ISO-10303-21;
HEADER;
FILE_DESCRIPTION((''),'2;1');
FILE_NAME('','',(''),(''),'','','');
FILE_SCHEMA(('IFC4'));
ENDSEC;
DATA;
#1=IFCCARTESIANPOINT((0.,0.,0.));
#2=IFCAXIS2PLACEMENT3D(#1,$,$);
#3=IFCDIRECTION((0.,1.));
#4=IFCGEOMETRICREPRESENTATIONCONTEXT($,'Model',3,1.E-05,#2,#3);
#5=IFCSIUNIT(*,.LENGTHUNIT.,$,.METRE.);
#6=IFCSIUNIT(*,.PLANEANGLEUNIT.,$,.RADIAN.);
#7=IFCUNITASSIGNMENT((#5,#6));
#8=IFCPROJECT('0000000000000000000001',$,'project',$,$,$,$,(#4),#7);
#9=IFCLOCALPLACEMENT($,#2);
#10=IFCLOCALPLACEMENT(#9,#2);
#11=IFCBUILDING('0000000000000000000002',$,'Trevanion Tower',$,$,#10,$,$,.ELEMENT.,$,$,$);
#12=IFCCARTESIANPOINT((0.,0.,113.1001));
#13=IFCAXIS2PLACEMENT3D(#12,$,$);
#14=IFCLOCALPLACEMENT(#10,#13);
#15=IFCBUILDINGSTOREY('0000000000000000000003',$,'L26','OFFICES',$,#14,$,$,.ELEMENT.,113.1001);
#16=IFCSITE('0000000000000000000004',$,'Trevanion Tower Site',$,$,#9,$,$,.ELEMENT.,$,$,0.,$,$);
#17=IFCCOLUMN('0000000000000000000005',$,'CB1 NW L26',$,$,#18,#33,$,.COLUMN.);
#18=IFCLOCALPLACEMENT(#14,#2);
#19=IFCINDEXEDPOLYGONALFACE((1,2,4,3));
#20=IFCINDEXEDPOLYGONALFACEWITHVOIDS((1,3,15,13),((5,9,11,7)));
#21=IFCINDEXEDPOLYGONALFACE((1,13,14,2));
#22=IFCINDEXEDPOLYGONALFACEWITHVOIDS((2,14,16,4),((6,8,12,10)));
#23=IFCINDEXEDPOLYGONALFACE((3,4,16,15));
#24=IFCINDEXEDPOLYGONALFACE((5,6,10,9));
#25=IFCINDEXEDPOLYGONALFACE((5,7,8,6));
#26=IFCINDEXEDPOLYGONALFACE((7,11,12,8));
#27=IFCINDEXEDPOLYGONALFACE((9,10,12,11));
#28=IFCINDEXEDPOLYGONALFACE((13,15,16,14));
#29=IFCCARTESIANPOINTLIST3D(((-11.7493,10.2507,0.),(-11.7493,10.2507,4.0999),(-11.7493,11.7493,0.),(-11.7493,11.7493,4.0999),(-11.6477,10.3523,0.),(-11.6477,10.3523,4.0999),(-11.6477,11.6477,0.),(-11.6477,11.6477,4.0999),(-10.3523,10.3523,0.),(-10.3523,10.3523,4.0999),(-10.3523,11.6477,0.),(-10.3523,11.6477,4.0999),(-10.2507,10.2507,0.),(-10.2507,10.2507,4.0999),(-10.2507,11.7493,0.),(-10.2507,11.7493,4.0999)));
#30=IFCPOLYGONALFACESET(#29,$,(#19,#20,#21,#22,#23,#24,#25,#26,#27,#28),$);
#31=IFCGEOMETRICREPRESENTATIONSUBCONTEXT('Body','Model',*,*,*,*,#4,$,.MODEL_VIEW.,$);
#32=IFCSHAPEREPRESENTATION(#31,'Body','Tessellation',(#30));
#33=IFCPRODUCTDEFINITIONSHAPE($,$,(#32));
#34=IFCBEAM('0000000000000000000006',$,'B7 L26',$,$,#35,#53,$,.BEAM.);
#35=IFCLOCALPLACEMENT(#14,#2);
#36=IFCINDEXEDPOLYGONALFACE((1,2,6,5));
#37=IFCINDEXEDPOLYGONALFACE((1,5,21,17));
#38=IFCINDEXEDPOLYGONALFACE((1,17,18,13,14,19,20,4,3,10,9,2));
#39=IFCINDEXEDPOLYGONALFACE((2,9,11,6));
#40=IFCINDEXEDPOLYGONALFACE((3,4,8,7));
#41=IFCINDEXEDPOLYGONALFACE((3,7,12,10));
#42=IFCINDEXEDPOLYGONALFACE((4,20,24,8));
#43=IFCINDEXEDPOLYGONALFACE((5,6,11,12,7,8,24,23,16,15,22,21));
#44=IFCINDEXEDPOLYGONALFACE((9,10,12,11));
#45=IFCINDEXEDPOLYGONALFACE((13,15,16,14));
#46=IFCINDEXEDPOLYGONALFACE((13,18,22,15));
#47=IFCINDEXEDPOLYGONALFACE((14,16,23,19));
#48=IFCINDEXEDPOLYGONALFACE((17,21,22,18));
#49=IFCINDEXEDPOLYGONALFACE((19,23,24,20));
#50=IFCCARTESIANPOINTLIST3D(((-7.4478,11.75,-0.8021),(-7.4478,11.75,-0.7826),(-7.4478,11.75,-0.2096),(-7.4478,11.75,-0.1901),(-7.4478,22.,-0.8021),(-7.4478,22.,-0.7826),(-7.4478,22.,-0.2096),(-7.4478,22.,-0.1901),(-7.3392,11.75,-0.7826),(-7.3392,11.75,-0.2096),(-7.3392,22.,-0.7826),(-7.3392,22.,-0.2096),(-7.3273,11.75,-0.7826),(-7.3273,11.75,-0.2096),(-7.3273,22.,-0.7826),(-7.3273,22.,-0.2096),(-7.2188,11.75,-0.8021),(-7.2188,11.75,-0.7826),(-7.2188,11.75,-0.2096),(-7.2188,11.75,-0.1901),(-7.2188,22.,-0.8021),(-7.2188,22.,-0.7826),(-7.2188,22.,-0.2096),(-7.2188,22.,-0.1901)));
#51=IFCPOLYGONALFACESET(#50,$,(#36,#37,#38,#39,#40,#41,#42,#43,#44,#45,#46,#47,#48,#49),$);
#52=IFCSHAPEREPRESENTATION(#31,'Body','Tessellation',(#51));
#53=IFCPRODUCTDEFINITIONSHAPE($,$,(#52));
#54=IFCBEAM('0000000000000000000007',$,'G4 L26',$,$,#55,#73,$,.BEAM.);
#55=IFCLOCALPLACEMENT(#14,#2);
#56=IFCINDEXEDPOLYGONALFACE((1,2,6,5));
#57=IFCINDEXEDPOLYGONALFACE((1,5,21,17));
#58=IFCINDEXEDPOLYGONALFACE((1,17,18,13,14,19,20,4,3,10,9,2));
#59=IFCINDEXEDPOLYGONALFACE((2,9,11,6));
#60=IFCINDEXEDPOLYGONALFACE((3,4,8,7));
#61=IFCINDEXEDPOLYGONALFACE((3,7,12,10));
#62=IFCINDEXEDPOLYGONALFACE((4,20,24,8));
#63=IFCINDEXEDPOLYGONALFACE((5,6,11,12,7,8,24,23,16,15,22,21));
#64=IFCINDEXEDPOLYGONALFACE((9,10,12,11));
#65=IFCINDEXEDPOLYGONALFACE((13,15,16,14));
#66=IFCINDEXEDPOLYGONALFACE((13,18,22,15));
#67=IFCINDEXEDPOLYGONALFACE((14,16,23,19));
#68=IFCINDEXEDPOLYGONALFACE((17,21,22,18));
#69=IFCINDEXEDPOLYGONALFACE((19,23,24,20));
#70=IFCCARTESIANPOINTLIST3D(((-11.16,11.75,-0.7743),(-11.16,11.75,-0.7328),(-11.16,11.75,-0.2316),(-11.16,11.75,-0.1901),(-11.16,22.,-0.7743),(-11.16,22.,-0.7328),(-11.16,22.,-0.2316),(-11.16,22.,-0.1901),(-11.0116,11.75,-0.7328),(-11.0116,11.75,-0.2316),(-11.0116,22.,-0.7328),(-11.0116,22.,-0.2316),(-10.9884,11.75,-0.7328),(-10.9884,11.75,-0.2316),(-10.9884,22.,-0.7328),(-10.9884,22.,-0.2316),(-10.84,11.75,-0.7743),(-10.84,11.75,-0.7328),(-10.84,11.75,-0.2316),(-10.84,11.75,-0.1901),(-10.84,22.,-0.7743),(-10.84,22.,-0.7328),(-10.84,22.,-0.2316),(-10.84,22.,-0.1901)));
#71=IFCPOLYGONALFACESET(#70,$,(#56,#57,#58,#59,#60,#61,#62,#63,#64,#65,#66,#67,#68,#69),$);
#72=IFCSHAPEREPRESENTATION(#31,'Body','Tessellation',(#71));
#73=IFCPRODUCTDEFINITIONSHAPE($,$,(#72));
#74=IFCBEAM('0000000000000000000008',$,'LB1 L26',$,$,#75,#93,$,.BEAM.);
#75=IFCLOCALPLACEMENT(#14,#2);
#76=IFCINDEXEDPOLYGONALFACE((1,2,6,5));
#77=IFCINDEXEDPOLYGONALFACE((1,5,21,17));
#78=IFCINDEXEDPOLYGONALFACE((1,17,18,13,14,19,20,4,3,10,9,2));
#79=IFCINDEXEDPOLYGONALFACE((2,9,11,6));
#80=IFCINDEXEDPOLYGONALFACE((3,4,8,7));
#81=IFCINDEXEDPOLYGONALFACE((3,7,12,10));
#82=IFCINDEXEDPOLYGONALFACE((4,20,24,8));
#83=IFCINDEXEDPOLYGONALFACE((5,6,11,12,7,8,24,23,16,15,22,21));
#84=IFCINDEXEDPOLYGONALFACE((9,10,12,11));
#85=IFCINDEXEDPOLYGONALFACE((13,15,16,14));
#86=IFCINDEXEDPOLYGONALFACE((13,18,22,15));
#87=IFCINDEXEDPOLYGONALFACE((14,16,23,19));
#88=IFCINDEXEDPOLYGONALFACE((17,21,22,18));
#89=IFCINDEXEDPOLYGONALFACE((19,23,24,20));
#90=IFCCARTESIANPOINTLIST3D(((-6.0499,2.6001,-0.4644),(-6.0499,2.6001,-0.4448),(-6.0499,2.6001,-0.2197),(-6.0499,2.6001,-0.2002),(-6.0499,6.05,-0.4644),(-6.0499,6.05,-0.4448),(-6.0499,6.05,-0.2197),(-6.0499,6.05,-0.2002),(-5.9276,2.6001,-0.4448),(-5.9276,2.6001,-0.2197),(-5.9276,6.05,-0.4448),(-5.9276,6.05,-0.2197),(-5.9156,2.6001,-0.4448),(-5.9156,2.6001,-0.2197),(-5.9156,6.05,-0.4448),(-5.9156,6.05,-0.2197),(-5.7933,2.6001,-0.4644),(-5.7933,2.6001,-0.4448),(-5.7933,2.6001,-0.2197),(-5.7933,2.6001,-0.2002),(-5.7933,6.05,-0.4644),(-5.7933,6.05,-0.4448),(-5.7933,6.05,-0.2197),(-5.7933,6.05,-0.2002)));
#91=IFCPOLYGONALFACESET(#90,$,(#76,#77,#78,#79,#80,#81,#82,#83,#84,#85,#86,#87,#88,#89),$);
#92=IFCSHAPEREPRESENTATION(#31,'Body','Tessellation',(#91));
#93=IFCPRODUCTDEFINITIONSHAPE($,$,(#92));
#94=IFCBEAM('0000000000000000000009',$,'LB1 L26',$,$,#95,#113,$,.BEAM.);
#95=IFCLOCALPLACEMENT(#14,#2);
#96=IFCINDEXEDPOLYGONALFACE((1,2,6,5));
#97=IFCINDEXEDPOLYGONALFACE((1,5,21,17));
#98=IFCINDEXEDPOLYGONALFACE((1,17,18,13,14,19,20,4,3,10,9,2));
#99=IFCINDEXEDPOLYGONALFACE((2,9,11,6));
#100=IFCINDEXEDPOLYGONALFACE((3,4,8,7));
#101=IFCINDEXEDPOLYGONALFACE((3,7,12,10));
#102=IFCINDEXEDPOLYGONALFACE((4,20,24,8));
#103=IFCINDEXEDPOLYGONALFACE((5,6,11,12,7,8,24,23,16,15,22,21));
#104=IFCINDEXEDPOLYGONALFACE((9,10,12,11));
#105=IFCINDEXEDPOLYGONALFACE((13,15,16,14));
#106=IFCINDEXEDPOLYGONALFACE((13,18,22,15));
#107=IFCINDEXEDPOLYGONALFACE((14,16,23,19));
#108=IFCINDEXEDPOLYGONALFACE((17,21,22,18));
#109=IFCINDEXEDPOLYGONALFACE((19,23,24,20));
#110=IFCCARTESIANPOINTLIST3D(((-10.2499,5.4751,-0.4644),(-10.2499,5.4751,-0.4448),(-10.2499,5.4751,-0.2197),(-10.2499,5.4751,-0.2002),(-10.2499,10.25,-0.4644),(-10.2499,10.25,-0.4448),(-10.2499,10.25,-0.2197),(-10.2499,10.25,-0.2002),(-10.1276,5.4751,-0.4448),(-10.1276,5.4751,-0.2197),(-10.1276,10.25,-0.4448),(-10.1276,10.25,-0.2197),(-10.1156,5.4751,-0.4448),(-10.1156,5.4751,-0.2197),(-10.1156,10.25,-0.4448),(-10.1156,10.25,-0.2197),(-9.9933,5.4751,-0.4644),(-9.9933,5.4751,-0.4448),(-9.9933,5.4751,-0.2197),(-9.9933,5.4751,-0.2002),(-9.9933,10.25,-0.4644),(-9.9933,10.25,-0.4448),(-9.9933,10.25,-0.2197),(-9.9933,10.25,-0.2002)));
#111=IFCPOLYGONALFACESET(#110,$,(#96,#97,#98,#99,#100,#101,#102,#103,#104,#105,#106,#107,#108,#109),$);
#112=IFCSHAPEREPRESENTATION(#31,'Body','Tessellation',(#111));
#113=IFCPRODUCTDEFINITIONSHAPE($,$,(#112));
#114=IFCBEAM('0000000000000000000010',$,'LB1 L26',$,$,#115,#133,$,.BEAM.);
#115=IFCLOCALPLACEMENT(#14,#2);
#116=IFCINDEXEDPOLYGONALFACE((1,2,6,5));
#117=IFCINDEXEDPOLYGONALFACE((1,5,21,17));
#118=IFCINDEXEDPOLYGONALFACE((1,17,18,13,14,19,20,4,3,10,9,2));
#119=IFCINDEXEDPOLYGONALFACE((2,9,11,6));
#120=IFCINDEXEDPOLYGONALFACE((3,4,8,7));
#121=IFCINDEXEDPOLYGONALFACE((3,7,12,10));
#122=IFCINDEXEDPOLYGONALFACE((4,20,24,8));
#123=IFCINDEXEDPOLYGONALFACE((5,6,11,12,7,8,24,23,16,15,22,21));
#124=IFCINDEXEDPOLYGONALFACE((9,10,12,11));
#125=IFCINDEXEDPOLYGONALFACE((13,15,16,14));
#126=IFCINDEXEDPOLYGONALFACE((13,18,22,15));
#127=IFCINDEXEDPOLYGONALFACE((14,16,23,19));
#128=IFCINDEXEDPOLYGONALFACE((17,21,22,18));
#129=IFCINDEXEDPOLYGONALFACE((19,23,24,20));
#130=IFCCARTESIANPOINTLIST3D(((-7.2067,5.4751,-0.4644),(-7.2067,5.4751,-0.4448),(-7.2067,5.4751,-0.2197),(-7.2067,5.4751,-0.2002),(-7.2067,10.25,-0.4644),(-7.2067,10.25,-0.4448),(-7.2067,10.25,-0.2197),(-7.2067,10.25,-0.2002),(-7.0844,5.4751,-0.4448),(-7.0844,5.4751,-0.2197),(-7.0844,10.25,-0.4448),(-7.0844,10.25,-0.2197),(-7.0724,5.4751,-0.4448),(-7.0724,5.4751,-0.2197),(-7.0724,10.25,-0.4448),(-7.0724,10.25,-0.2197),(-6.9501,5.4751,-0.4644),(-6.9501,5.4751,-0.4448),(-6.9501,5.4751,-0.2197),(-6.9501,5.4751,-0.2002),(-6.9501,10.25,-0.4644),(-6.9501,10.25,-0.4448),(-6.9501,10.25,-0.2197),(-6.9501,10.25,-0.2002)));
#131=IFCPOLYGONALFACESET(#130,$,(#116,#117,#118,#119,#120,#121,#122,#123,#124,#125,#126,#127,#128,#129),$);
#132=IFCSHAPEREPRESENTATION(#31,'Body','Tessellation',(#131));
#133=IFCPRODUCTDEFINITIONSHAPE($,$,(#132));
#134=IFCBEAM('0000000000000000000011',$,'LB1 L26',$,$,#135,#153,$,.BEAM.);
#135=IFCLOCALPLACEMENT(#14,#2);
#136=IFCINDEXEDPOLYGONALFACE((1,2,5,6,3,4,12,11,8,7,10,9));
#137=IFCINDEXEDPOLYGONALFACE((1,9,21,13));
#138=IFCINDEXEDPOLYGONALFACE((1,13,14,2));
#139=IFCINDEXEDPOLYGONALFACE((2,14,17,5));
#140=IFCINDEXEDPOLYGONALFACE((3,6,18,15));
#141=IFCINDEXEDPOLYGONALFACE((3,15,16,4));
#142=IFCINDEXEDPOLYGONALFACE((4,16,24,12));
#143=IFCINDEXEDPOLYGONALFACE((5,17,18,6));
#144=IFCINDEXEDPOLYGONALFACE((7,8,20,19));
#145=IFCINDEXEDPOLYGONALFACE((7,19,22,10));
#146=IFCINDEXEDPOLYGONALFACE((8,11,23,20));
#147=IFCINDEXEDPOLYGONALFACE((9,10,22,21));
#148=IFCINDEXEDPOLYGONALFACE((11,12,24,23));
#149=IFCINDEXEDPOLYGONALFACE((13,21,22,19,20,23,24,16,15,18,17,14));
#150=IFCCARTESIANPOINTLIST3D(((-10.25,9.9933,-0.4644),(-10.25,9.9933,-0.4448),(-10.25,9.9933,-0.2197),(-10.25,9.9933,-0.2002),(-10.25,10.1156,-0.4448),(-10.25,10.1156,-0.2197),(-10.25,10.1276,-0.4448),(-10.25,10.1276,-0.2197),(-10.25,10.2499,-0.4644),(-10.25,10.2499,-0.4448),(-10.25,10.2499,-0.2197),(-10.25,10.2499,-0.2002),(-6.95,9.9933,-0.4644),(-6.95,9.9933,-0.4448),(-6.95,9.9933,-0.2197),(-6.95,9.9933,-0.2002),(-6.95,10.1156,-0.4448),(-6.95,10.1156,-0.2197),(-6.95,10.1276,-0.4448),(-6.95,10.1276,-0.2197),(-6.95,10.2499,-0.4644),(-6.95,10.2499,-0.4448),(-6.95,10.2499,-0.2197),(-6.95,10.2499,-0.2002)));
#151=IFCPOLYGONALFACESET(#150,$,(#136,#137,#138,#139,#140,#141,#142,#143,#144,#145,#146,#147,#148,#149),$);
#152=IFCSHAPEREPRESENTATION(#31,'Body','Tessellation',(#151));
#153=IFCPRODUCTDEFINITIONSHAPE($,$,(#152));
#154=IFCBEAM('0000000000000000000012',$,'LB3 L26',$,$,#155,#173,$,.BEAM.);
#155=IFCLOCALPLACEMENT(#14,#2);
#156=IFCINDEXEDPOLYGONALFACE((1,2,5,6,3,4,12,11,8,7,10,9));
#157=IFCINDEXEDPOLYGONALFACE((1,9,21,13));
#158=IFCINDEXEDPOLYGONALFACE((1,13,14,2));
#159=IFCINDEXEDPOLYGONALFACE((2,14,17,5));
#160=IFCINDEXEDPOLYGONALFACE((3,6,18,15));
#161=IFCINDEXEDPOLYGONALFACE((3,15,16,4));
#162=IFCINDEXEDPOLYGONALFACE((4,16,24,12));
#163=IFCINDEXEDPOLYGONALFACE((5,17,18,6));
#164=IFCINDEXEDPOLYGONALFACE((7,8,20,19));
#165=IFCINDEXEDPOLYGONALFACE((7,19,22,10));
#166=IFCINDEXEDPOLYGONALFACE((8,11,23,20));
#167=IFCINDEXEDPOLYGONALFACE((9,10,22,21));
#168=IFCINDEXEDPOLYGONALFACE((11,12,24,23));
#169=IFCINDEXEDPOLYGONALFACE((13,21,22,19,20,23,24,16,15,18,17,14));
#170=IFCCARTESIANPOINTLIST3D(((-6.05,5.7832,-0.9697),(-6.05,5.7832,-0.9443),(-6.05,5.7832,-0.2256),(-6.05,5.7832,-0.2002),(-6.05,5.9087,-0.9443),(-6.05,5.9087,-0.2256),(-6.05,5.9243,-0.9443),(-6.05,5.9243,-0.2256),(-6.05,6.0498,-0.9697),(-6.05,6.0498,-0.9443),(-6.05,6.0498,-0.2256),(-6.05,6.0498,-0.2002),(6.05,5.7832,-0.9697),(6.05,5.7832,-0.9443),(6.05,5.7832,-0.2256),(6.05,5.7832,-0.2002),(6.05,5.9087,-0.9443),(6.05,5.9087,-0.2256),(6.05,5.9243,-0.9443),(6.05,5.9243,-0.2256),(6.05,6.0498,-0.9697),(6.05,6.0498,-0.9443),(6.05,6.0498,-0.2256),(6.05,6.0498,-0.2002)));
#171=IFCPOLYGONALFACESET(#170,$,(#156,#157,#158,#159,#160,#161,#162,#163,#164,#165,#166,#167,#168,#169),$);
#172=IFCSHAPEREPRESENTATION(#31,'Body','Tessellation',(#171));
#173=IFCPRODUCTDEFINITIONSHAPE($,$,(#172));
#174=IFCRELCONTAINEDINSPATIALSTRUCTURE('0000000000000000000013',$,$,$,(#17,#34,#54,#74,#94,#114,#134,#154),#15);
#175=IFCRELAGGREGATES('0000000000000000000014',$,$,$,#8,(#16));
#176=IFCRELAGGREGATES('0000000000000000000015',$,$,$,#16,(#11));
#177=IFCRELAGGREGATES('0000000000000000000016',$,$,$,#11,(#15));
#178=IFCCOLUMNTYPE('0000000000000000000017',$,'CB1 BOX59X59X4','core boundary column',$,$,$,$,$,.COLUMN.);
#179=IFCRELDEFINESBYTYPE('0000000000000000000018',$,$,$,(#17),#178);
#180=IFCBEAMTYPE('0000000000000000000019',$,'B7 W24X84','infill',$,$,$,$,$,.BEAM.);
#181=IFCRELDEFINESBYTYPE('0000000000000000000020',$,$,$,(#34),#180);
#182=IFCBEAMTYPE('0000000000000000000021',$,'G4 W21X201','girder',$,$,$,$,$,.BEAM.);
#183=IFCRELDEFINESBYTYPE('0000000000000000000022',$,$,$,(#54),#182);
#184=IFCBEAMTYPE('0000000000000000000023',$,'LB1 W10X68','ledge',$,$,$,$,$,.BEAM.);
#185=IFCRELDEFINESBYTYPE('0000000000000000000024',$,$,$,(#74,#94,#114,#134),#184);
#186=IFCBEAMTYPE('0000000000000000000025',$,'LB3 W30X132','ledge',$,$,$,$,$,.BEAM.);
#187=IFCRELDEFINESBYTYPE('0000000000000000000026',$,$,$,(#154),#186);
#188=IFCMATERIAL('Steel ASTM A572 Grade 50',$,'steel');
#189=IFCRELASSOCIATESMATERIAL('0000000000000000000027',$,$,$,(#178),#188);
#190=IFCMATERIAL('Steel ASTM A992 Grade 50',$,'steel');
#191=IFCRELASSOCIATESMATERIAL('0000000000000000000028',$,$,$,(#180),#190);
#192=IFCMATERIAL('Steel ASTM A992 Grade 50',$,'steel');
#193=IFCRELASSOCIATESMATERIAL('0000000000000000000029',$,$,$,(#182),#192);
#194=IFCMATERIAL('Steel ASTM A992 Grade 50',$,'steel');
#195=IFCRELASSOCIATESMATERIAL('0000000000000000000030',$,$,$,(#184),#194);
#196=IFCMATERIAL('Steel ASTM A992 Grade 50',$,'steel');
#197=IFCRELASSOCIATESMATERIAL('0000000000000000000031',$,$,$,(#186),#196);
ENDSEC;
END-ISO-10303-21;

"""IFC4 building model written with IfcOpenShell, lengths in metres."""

from ifc_helpers import new_model, si_unit, direction, frame, origin, origin_2d, place, context, subcontext, project, spatial, hollow_rectangle, i_section, extrude, material, material_profile, profile_set, type_object, element, save


model = new_model("IFC4")

# Units and contexts
model_context = context("Model", 3, precision=1e-05, world=origin(), true_north=direction((0.0, 1.0)))
body_context = subcontext(model_context, "Body", "Model", "MODEL_VIEW")
ifc_project = project(units=[si_unit("LENGTHUNIT", "METRE"), si_unit("PLANEANGLEUNIT", "RADIAN")], contexts=[model_context])

# Site, building, storey
site_placement = place(None, origin())
site = spatial("IfcSite", under=ifc_project, at=site_placement, Name="Trevanion Tower Site", CompositionType="ELEMENT", RefElevation=0.0)
building_placement = place(site_placement, origin())
building = spatial("IfcBuilding", under=site, at=building_placement, Name="Trevanion Tower", CompositionType="ELEMENT")
storey_placement = place(building_placement, frame((0.0, 0.0, 113.1001)))
storey = spatial("IfcBuildingStorey", under=building, at=storey_placement, Name="L26", Description="OFFICES", CompositionType="ELEMENT", Elevation=113.1001)

# Column
ifc_material_1 = material(Name="Steel ASTM A572 Grade 50", Category="steel")
ifc_material_profile_1 = material_profile(ifc_material_1, hollow_rectangle(XDim=1.4985, YDim=1.4985, WallThickness=0.1016, at=origin_2d()), Name="BOX59X59X4")
ifc_profile_set_1 = profile_set([ifc_material_profile_1], Name="Steel ASTM A572 Grade 50")
column_type = type_object("IfcColumnType", Name="CB1 BOX59X59X4", Description="core boundary column", PredefinedType="COLUMN", material=ifc_profile_set_1)
column_placement = place(storey_placement, frame((-11.0, 11.0, 0.0), z_axis=(0.0, 0.0, 1.0), x_axis=(1.0, 0.0, 0.0)))
element("IfcColumn", 1, at=column_placement, inside=storey, type_object=column_type, Name="CB1 NW L26", PredefinedType="COLUMN", context=body_context, shape_type="SweptSolid", body=[
    extrude(hollow_rectangle(XDim=1.4985, YDim=1.4985, WallThickness=0.1016, at=origin_2d()), origin(), (0.0, 0.0, 1.0), 4.0999),
])

# Beams
ifc_material_2 = material(Name="Steel ASTM A992 Grade 50", Category="steel")
ifc_material_profile_2 = material_profile(ifc_material_2, i_section(OverallWidth=0.229, OverallDepth=0.6121, WebThickness=0.012, FlangeThickness=0.0195, at=origin_2d()), Name="W24X84")
ifc_profile_set_2 = profile_set([ifc_material_profile_2], Name="Steel ASTM A992 Grade 50")
beam_type_1 = type_object("IfcBeamType", Name="B7 W24X84", Description="infill", PredefinedType="BEAM", material=ifc_profile_set_2)
beam_1_placement = place(storey_placement, frame((-7.3333, 11.75, -0.4961), z_axis=(0.0, 1.0, 0.0), x_axis=(-1.0, 0.0, 0.0)))
element("IfcBeam", 2, at=beam_1_placement, inside=storey, type_object=beam_type_1, Name="B7 L26", PredefinedType="BEAM", context=body_context, shape_type="SweptSolid", body=[
    extrude(i_section(OverallWidth=0.229, OverallDepth=0.6121, WebThickness=0.012, FlangeThickness=0.0195, at=origin_2d()), origin(), (0.0, 0.0, 1.0), 10.25),
])
ifc_material_3 = material(Name="Steel ASTM A992 Grade 50", Category="steel")
ifc_material_profile_3 = material_profile(ifc_material_3, i_section(OverallWidth=0.3201, OverallDepth=0.5842, WebThickness=0.0232, FlangeThickness=0.0415, at=origin_2d()), Name="W21X201")
ifc_profile_set_3 = profile_set([ifc_material_profile_3], Name="Steel ASTM A992 Grade 50")
beam_type_2 = type_object("IfcBeamType", Name="G4 W21X201", Description="girder", PredefinedType="BEAM", material=ifc_profile_set_3)
beam_2_placement = place(storey_placement, frame((-11.0, 11.75, -0.4822), z_axis=(0.0, 1.0, 0.0), x_axis=(-1.0, 0.0, 0.0)))
element("IfcBeam", 3, at=beam_2_placement, inside=storey, type_object=beam_type_2, Name="G4 L26", PredefinedType="BEAM", context=body_context, shape_type="SweptSolid", body=[
    extrude(i_section(OverallWidth=0.3201, OverallDepth=0.5842, WebThickness=0.0232, FlangeThickness=0.0415, at=origin_2d()), origin(), (0.0, 0.0, 1.0), 10.25),
])
ifc_material_4 = material(Name="Steel ASTM A992 Grade 50", Category="steel")
ifc_material_profile_4 = material_profile(ifc_material_4, i_section(OverallWidth=0.2566, OverallDepth=0.2642, WebThickness=0.012, FlangeThickness=0.0195, at=origin_2d()), Name="W10X68")
ifc_profile_set_4 = profile_set([ifc_material_profile_4], Name="Steel ASTM A992 Grade 50")
beam_type_3 = type_object("IfcBeamType", Name="LB1 W10X68", Description="ledge", PredefinedType="BEAM", material=ifc_profile_set_4)
beam_3_placement = place(storey_placement, frame((-5.9216, 2.6001, -0.3323), z_axis=(0.0, 1.0, 0.0), x_axis=(-1.0, 0.0, 0.0)))
element("IfcBeam", 4, at=beam_3_placement, inside=storey, type_object=beam_type_3, Name="LB1 L26", PredefinedType="BEAM", context=body_context, shape_type="SweptSolid", body=[
    extrude(i_section(OverallWidth=0.2566, OverallDepth=0.2642, WebThickness=0.012, FlangeThickness=0.0195, at=origin_2d()), origin(), (0.0, 0.0, 1.0), 3.45),
])
for number, where, z_axis, x_axis, name in (
    (5, (-10.1216, 5.4751, -0.3323), (0.0, 1.0, 0.0), (-1.0, 0.0, 0.0), "LB1 L26"),
    (6, (-7.0784, 5.4751, -0.3323), (0.0, 1.0, 0.0), (-1.0, 0.0, 0.0), "LB1 L26"),
):
    element("IfcBeam", number, at=place(storey_placement, frame(where, z_axis=z_axis, x_axis=x_axis)), inside=storey, type_object=beam_type_3, Name=name, PredefinedType="BEAM", context=body_context, shape_type="SweptSolid", body=[
        extrude(i_section(OverallWidth=0.2566, OverallDepth=0.2642, WebThickness=0.012, FlangeThickness=0.0195, at=origin_2d()), origin(), (0.0, 0.0, 1.0), 4.7749),
    ])
beam_4_placement = place(storey_placement, frame((-10.25, 10.1216, -0.3323), z_axis=(1.0, 0.0, 0.0), x_axis=(0.0, 1.0, 0.0)))
element("IfcBeam", 7, at=beam_4_placement, inside=storey, type_object=beam_type_3, Name="LB1 L26", PredefinedType="BEAM", context=body_context, shape_type="SweptSolid", body=[
    extrude(i_section(OverallWidth=0.2566, OverallDepth=0.2642, WebThickness=0.012, FlangeThickness=0.0195, at=origin_2d()), origin(), (0.0, 0.0, 1.0), 3.3),
])
ifc_material_5 = material(Name="Steel ASTM A992 Grade 50", Category="steel")
ifc_material_profile_5 = material_profile(ifc_material_5, i_section(OverallWidth=0.2666, OverallDepth=0.7695, WebThickness=0.0156, FlangeThickness=0.0254, at=origin_2d()), Name="W30X132")
ifc_profile_set_5 = profile_set([ifc_material_profile_5], Name="Steel ASTM A992 Grade 50")
beam_type_4 = type_object("IfcBeamType", Name="LB3 W30X132", Description="ledge", PredefinedType="BEAM", material=ifc_profile_set_5)
beam_5_placement = place(storey_placement, frame((-6.05, 5.9165, -0.585), z_axis=(1.0, 0.0, 0.0), x_axis=(0.0, 1.0, 0.0)))
element("IfcBeam", 8, at=beam_5_placement, inside=storey, type_object=beam_type_4, Name="LB3 L26", PredefinedType="BEAM", context=body_context, shape_type="SweptSolid", body=[
    extrude(i_section(OverallWidth=0.2666, OverallDepth=0.7695, WebThickness=0.0156, FlangeThickness=0.0254, at=origin_2d()), origin(), (0.0, 0.0, 1.0), 12.1001),
])

save(model, "model.ifc")
